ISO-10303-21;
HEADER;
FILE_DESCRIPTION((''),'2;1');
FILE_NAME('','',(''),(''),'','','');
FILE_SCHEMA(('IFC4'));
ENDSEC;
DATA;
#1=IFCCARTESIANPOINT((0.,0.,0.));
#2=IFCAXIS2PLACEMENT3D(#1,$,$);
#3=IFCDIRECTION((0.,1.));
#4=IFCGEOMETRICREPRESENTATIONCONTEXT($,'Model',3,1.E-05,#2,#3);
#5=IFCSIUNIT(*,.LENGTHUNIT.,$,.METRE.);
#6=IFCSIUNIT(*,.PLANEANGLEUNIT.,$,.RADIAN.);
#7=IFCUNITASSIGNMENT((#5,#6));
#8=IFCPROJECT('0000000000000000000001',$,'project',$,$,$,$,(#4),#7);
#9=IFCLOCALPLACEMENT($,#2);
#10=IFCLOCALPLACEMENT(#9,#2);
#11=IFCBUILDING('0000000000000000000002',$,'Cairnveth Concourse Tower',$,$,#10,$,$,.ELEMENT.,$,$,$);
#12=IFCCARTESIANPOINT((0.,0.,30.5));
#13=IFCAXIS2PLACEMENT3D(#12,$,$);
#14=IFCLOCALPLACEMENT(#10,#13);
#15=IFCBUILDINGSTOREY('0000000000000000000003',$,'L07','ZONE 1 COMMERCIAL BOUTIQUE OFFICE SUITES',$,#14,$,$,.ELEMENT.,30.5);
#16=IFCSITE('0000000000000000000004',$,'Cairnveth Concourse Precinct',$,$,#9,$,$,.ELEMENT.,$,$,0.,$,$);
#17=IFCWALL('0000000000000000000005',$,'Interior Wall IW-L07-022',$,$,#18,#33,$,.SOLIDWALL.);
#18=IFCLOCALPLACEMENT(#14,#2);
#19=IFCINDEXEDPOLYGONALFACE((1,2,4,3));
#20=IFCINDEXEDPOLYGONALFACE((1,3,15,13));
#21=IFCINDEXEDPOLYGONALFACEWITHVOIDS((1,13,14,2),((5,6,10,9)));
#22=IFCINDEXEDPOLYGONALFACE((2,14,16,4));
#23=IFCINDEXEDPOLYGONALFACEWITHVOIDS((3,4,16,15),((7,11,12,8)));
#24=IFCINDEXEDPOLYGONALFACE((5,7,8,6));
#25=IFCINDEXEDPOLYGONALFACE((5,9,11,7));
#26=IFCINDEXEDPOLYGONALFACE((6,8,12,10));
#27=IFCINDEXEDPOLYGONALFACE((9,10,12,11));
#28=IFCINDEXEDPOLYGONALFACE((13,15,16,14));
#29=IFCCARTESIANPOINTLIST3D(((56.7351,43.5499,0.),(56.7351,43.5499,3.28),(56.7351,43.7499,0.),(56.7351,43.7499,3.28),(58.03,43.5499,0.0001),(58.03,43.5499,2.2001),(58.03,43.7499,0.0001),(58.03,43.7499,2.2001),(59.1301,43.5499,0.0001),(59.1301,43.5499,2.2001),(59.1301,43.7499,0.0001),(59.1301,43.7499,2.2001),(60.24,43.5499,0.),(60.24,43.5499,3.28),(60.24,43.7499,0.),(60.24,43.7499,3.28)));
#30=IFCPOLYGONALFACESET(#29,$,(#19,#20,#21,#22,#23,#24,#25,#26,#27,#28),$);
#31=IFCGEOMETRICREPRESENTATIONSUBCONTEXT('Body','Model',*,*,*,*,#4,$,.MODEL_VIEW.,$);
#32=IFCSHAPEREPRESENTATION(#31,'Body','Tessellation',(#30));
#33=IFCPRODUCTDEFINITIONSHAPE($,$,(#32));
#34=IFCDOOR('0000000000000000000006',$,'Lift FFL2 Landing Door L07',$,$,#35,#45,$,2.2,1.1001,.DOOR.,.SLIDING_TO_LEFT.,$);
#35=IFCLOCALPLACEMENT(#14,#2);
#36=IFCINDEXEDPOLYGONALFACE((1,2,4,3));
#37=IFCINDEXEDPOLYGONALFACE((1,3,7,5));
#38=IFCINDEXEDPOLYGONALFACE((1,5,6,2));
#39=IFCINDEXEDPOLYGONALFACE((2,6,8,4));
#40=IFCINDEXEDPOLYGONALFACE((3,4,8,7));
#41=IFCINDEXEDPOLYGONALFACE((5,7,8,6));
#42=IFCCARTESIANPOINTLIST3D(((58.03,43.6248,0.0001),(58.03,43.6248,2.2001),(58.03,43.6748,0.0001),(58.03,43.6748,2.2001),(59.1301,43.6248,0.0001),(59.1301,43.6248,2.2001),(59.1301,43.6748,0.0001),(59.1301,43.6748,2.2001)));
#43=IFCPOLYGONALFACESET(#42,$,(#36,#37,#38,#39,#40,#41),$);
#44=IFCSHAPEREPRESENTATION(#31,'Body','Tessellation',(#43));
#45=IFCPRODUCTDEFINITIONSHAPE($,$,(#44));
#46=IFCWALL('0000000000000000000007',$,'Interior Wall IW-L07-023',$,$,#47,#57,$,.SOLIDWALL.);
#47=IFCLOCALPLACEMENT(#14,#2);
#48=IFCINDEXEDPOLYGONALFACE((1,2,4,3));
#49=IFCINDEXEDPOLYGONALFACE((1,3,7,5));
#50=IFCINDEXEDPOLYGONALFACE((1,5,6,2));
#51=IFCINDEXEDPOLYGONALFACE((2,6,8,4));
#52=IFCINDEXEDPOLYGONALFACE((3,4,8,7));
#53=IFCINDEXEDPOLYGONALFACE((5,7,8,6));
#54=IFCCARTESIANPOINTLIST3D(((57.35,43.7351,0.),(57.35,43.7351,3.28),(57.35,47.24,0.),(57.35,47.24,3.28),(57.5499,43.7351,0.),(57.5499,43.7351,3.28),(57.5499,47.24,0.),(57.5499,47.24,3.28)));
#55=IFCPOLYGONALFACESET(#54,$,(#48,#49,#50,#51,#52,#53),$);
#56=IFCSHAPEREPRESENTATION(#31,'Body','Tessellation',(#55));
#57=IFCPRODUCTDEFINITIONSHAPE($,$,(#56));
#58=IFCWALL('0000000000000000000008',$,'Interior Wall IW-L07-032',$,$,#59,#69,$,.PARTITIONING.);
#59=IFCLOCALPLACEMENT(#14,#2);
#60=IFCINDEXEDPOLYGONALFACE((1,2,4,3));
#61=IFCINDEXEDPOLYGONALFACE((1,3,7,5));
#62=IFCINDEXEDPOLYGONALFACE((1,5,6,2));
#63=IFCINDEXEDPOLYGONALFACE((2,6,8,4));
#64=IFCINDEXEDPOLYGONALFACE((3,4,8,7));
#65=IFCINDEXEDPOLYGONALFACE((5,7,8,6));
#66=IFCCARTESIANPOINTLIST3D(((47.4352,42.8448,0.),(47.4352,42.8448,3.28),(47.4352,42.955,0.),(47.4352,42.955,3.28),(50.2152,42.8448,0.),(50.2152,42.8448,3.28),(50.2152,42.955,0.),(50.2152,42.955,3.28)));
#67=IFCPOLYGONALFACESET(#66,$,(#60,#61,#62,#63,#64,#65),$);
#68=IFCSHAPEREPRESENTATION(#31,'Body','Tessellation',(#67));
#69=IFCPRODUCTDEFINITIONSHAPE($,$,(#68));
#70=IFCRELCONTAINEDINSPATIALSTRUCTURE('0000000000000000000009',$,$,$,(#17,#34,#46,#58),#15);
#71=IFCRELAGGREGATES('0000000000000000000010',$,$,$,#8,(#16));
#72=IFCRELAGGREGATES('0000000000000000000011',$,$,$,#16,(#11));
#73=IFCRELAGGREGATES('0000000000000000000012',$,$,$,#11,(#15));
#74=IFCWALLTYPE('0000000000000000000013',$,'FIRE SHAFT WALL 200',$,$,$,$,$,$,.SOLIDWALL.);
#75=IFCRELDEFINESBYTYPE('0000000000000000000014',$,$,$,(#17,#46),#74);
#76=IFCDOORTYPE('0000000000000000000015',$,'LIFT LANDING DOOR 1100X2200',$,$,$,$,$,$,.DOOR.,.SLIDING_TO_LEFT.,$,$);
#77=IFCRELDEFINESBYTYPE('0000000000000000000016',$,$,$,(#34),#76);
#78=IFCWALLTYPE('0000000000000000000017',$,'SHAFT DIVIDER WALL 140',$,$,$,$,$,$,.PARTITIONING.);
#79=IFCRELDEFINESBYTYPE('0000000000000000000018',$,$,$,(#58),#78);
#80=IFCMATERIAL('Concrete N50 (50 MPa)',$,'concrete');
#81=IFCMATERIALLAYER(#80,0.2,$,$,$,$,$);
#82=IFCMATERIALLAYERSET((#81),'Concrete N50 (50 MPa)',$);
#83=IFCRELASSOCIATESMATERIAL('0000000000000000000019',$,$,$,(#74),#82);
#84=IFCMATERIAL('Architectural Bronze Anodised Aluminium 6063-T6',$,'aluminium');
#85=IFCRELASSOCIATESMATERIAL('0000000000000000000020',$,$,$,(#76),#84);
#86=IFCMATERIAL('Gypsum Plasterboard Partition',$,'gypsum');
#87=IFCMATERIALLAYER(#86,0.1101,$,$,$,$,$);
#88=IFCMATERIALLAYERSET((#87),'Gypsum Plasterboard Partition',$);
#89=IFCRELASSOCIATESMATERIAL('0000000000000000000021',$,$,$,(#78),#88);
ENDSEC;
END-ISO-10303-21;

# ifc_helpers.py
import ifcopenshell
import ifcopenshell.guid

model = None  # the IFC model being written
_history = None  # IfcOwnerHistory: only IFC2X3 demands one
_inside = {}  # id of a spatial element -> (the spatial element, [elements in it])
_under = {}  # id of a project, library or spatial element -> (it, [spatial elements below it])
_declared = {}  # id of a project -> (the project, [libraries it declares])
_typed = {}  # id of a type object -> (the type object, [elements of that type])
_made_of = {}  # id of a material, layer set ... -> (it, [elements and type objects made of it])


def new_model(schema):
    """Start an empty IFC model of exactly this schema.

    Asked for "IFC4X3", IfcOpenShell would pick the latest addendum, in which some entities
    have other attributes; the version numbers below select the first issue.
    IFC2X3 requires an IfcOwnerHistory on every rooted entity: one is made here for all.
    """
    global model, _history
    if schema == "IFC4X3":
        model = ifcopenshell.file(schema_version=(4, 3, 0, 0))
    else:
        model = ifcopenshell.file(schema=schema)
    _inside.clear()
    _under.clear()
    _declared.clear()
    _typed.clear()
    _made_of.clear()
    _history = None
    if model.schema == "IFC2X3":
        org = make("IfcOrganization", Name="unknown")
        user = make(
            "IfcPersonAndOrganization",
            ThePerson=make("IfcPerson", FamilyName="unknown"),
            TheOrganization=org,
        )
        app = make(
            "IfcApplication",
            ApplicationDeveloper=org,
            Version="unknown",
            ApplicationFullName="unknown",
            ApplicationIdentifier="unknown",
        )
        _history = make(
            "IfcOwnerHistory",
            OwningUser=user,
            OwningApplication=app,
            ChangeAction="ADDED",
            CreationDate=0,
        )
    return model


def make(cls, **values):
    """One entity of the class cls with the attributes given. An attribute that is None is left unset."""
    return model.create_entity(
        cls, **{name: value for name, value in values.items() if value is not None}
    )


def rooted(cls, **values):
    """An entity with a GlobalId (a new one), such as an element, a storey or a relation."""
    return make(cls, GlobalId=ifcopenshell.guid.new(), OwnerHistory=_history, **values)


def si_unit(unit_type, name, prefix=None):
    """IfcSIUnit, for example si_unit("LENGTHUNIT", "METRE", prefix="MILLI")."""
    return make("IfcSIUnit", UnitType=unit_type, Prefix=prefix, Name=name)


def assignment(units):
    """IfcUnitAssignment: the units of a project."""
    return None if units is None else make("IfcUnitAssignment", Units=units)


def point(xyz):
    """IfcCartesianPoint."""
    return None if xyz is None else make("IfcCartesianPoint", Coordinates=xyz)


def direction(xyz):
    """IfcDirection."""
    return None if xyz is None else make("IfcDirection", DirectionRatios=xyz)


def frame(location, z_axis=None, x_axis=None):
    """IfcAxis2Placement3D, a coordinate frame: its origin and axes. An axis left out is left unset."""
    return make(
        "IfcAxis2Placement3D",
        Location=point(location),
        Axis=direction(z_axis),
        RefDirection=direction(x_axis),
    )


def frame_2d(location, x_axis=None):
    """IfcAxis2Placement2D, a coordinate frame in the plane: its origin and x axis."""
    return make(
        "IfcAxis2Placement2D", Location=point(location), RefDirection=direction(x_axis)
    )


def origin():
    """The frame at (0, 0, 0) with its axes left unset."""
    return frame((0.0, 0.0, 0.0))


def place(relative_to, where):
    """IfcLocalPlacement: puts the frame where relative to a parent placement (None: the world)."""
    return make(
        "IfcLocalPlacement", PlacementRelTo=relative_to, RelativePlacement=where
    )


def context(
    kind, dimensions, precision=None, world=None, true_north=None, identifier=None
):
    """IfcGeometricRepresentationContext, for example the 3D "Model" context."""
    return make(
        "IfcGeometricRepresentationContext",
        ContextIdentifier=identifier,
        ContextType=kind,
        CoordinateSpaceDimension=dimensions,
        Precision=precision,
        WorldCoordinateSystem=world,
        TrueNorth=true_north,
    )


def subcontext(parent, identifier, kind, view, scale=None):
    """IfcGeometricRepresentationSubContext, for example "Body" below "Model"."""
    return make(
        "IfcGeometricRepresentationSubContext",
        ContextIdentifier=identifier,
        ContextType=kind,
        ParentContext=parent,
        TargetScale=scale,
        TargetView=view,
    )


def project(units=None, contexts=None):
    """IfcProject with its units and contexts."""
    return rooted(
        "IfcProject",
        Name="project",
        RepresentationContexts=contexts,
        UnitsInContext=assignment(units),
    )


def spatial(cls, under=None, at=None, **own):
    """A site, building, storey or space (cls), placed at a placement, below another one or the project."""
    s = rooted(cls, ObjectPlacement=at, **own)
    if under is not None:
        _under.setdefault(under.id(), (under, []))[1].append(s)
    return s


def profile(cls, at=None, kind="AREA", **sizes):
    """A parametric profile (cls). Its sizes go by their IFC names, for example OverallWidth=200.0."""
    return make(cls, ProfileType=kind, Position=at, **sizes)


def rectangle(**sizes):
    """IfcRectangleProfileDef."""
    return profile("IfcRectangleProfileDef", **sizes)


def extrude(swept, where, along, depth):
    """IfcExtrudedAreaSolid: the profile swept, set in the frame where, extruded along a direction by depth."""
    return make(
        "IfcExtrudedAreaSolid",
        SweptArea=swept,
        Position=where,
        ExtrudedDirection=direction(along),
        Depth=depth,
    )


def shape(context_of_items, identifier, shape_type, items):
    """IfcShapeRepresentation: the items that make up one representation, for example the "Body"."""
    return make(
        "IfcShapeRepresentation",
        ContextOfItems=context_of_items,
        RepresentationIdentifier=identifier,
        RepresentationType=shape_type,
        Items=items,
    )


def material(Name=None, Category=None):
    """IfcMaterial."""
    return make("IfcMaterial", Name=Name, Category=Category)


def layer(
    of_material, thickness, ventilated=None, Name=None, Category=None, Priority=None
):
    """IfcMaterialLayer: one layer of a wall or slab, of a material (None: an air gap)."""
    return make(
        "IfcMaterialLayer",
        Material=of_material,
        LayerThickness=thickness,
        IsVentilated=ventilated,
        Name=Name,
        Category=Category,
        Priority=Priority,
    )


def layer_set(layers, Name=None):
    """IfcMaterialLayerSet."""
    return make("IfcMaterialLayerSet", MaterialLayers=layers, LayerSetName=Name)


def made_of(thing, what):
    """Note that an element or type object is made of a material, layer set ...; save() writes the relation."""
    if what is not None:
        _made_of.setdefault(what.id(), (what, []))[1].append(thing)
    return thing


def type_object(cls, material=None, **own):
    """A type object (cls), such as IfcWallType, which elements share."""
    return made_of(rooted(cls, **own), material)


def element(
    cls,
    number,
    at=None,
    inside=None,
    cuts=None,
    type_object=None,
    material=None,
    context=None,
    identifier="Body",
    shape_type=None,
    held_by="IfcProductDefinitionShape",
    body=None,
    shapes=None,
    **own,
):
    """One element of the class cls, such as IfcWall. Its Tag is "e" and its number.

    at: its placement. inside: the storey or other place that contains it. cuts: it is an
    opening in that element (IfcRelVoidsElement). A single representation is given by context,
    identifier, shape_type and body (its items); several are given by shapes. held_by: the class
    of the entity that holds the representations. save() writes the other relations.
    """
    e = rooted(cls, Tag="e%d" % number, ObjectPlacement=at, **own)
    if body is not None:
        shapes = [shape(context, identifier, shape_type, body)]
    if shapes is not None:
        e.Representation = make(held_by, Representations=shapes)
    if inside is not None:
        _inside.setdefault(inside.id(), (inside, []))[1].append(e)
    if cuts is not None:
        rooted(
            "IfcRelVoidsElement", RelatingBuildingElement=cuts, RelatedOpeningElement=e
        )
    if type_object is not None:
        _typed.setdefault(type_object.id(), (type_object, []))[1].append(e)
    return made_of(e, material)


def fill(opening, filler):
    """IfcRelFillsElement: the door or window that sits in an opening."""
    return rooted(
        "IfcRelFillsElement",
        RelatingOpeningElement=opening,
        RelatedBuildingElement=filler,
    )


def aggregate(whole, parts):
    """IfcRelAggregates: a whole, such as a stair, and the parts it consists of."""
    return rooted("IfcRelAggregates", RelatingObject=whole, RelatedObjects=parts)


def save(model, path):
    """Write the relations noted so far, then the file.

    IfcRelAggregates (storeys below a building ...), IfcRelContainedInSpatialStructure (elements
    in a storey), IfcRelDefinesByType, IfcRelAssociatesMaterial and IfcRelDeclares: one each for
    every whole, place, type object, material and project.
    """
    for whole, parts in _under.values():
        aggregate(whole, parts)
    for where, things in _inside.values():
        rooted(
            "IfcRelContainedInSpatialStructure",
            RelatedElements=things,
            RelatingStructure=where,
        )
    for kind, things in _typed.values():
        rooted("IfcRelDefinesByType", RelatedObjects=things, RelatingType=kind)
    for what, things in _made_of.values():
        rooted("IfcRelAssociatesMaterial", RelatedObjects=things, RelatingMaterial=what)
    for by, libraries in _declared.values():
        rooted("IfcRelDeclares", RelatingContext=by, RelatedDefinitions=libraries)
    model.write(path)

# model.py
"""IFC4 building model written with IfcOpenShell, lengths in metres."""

from ifc_helpers import new_model, si_unit, direction, frame, frame_2d, origin, place, context, subcontext, project, spatial, rectangle, extrude, material, layer, layer_set, type_object, element, fill, save


model = new_model("IFC4")

# Units and contexts
model_context = context("Model", 3, precision=1e-05, world=origin(), true_north=direction((0.0, 1.0)))
body_context = subcontext(model_context, "Body", "Model", "MODEL_VIEW")
ifc_project = project(units=[si_unit("LENGTHUNIT", "METRE"), si_unit("PLANEANGLEUNIT", "RADIAN")], contexts=[model_context])

# Site, building, storey
site_placement = place(None, origin())
site = spatial("IfcSite", under=ifc_project, at=site_placement, Name="Cairnveth Concourse Precinct", CompositionType="ELEMENT", RefElevation=0.0)
building_placement = place(site_placement, origin())
building = spatial("IfcBuilding", under=site, at=building_placement, Name="Cairnveth Concourse Tower", CompositionType="ELEMENT")
storey_placement = place(building_placement, frame((0.0, 0.0, 30.5)))
storey = spatial("IfcBuildingStorey", under=building, at=storey_placement, Name="L07", Description="ZONE 1 COMMERCIAL BOUTIQUE OFFICE SUITES", CompositionType="ELEMENT", Elevation=30.5)

# Shared definitions
ifc_material_1 = material(Name="Concrete N50 (50 MPa)", Category="concrete")
ifc_layer_1 = layer(ifc_material_1, 0.2)
ifc_layer_set_1 = layer_set([ifc_layer_1], Name="Concrete N50 (50 MPa)")
wall_type_1 = type_object("IfcWallType", Name="FIRE SHAFT WALL 200", PredefinedType="SOLIDWALL", material=ifc_layer_set_1)

# Wall, opening, door
wall_1_placement = place(storey_placement, frame((56.7351, 43.6499, 0.0), z_axis=(0.0, 0.0, 1.0), x_axis=(1.0, 0.0, 0.0)))
wall_1 = element("IfcWall", 1, at=wall_1_placement, inside=storey, type_object=wall_type_1, Name="Interior Wall IW-L07-022", PredefinedType="SOLIDWALL", context=body_context, shape_type="SweptSolid", body=[
    extrude(rectangle(XDim=3.5049, YDim=0.2, at=frame_2d((1.7524, 0.0))), origin(), (0.0, 0.0, 1.0), 3.28),
])
opening_1_placement = place(wall_1_placement, frame((1.2949, 0.0, 0.0)))
opening_1 = element("IfcOpeningElement", 2, at=opening_1_placement, cuts=wall_1, PredefinedType="OPENING", context=body_context, shape_type="SweptSolid", body=[
    extrude(rectangle(XDim=1.1001, YDim=2.2, at=frame_2d((0.55, 1.1001))), frame((0.0, 0.1099, 0.0), z_axis=(0.0, -1.0, 0.0), x_axis=(1.0, 0.0, 0.0)), (0.0, 0.0, 1.0), 0.22),
])
ifc_material_2 = material(Name="Architectural Bronze Anodised Aluminium 6063-T6", Category="aluminium")
door_type_1 = type_object("IfcDoorType", Name="LIFT LANDING DOOR 1100X2200", OperationType="SLIDING_TO_LEFT", PredefinedType="DOOR", material=ifc_material_2)
door_1_placement = place(opening_1_placement, origin())
door_1 = element("IfcDoor", 3, at=door_1_placement, inside=storey, type_object=door_type_1, Name="Lift FFL2 Landing Door L07", OperationType="SLIDING_TO_LEFT", OverallHeight=2.2, OverallWidth=1.1001, PredefinedType="DOOR", context=body_context, shape_type="SweptSolid", body=[
    extrude(rectangle(XDim=1.1001, YDim=2.2, at=frame_2d((0.55, 1.1001))), frame((0.0, 0.0249, 0.0), z_axis=(0.0, -1.0, 0.0), x_axis=(1.0, 0.0, 0.0)), (0.0, 0.0, 1.0), 0.05),
])
fill(opening_1, door_1)

# Walls
wall_2_placement = place(storey_placement, frame((57.45, 43.7351, 0.0), z_axis=(0.0, 0.0, 1.0), x_axis=(0.0, 1.0, 0.0)))
element("IfcWall", 4, at=wall_2_placement, inside=storey, type_object=wall_type_1, Name="Interior Wall IW-L07-023", PredefinedType="SOLIDWALL", context=body_context, shape_type="SweptSolid", body=[
    extrude(rectangle(XDim=3.5049, YDim=0.2, at=frame_2d((1.7524, 0.0))), origin(), (0.0, 0.0, 1.0), 3.28),
])
ifc_material_3 = material(Name="Gypsum Plasterboard Partition", Category="gypsum")
ifc_layer_2 = layer(ifc_material_3, 0.1101)
ifc_layer_set_2 = layer_set([ifc_layer_2], Name="Gypsum Plasterboard Partition")
wall_type_2 = type_object("IfcWallType", Name="SHAFT DIVIDER WALL 140", PredefinedType="PARTITIONING", material=ifc_layer_set_2)
wall_3_placement = place(storey_placement, frame((47.4351, 42.8999, 0.0), z_axis=(0.0, 0.0, 1.0), x_axis=(1.0, 0.0, 0.0)))
element("IfcWall", 5, at=wall_3_placement, inside=storey, type_object=wall_type_2, Name="Interior Wall IW-L07-032", PredefinedType="PARTITIONING", context=body_context, shape_type="SweptSolid", body=[
    extrude(rectangle(XDim=2.78, YDim=0.1101, at=frame_2d((1.3901, 0.0))), origin(), (0.0, 0.0, 1.0), 3.28),
])

save(model, "model.ifc")
